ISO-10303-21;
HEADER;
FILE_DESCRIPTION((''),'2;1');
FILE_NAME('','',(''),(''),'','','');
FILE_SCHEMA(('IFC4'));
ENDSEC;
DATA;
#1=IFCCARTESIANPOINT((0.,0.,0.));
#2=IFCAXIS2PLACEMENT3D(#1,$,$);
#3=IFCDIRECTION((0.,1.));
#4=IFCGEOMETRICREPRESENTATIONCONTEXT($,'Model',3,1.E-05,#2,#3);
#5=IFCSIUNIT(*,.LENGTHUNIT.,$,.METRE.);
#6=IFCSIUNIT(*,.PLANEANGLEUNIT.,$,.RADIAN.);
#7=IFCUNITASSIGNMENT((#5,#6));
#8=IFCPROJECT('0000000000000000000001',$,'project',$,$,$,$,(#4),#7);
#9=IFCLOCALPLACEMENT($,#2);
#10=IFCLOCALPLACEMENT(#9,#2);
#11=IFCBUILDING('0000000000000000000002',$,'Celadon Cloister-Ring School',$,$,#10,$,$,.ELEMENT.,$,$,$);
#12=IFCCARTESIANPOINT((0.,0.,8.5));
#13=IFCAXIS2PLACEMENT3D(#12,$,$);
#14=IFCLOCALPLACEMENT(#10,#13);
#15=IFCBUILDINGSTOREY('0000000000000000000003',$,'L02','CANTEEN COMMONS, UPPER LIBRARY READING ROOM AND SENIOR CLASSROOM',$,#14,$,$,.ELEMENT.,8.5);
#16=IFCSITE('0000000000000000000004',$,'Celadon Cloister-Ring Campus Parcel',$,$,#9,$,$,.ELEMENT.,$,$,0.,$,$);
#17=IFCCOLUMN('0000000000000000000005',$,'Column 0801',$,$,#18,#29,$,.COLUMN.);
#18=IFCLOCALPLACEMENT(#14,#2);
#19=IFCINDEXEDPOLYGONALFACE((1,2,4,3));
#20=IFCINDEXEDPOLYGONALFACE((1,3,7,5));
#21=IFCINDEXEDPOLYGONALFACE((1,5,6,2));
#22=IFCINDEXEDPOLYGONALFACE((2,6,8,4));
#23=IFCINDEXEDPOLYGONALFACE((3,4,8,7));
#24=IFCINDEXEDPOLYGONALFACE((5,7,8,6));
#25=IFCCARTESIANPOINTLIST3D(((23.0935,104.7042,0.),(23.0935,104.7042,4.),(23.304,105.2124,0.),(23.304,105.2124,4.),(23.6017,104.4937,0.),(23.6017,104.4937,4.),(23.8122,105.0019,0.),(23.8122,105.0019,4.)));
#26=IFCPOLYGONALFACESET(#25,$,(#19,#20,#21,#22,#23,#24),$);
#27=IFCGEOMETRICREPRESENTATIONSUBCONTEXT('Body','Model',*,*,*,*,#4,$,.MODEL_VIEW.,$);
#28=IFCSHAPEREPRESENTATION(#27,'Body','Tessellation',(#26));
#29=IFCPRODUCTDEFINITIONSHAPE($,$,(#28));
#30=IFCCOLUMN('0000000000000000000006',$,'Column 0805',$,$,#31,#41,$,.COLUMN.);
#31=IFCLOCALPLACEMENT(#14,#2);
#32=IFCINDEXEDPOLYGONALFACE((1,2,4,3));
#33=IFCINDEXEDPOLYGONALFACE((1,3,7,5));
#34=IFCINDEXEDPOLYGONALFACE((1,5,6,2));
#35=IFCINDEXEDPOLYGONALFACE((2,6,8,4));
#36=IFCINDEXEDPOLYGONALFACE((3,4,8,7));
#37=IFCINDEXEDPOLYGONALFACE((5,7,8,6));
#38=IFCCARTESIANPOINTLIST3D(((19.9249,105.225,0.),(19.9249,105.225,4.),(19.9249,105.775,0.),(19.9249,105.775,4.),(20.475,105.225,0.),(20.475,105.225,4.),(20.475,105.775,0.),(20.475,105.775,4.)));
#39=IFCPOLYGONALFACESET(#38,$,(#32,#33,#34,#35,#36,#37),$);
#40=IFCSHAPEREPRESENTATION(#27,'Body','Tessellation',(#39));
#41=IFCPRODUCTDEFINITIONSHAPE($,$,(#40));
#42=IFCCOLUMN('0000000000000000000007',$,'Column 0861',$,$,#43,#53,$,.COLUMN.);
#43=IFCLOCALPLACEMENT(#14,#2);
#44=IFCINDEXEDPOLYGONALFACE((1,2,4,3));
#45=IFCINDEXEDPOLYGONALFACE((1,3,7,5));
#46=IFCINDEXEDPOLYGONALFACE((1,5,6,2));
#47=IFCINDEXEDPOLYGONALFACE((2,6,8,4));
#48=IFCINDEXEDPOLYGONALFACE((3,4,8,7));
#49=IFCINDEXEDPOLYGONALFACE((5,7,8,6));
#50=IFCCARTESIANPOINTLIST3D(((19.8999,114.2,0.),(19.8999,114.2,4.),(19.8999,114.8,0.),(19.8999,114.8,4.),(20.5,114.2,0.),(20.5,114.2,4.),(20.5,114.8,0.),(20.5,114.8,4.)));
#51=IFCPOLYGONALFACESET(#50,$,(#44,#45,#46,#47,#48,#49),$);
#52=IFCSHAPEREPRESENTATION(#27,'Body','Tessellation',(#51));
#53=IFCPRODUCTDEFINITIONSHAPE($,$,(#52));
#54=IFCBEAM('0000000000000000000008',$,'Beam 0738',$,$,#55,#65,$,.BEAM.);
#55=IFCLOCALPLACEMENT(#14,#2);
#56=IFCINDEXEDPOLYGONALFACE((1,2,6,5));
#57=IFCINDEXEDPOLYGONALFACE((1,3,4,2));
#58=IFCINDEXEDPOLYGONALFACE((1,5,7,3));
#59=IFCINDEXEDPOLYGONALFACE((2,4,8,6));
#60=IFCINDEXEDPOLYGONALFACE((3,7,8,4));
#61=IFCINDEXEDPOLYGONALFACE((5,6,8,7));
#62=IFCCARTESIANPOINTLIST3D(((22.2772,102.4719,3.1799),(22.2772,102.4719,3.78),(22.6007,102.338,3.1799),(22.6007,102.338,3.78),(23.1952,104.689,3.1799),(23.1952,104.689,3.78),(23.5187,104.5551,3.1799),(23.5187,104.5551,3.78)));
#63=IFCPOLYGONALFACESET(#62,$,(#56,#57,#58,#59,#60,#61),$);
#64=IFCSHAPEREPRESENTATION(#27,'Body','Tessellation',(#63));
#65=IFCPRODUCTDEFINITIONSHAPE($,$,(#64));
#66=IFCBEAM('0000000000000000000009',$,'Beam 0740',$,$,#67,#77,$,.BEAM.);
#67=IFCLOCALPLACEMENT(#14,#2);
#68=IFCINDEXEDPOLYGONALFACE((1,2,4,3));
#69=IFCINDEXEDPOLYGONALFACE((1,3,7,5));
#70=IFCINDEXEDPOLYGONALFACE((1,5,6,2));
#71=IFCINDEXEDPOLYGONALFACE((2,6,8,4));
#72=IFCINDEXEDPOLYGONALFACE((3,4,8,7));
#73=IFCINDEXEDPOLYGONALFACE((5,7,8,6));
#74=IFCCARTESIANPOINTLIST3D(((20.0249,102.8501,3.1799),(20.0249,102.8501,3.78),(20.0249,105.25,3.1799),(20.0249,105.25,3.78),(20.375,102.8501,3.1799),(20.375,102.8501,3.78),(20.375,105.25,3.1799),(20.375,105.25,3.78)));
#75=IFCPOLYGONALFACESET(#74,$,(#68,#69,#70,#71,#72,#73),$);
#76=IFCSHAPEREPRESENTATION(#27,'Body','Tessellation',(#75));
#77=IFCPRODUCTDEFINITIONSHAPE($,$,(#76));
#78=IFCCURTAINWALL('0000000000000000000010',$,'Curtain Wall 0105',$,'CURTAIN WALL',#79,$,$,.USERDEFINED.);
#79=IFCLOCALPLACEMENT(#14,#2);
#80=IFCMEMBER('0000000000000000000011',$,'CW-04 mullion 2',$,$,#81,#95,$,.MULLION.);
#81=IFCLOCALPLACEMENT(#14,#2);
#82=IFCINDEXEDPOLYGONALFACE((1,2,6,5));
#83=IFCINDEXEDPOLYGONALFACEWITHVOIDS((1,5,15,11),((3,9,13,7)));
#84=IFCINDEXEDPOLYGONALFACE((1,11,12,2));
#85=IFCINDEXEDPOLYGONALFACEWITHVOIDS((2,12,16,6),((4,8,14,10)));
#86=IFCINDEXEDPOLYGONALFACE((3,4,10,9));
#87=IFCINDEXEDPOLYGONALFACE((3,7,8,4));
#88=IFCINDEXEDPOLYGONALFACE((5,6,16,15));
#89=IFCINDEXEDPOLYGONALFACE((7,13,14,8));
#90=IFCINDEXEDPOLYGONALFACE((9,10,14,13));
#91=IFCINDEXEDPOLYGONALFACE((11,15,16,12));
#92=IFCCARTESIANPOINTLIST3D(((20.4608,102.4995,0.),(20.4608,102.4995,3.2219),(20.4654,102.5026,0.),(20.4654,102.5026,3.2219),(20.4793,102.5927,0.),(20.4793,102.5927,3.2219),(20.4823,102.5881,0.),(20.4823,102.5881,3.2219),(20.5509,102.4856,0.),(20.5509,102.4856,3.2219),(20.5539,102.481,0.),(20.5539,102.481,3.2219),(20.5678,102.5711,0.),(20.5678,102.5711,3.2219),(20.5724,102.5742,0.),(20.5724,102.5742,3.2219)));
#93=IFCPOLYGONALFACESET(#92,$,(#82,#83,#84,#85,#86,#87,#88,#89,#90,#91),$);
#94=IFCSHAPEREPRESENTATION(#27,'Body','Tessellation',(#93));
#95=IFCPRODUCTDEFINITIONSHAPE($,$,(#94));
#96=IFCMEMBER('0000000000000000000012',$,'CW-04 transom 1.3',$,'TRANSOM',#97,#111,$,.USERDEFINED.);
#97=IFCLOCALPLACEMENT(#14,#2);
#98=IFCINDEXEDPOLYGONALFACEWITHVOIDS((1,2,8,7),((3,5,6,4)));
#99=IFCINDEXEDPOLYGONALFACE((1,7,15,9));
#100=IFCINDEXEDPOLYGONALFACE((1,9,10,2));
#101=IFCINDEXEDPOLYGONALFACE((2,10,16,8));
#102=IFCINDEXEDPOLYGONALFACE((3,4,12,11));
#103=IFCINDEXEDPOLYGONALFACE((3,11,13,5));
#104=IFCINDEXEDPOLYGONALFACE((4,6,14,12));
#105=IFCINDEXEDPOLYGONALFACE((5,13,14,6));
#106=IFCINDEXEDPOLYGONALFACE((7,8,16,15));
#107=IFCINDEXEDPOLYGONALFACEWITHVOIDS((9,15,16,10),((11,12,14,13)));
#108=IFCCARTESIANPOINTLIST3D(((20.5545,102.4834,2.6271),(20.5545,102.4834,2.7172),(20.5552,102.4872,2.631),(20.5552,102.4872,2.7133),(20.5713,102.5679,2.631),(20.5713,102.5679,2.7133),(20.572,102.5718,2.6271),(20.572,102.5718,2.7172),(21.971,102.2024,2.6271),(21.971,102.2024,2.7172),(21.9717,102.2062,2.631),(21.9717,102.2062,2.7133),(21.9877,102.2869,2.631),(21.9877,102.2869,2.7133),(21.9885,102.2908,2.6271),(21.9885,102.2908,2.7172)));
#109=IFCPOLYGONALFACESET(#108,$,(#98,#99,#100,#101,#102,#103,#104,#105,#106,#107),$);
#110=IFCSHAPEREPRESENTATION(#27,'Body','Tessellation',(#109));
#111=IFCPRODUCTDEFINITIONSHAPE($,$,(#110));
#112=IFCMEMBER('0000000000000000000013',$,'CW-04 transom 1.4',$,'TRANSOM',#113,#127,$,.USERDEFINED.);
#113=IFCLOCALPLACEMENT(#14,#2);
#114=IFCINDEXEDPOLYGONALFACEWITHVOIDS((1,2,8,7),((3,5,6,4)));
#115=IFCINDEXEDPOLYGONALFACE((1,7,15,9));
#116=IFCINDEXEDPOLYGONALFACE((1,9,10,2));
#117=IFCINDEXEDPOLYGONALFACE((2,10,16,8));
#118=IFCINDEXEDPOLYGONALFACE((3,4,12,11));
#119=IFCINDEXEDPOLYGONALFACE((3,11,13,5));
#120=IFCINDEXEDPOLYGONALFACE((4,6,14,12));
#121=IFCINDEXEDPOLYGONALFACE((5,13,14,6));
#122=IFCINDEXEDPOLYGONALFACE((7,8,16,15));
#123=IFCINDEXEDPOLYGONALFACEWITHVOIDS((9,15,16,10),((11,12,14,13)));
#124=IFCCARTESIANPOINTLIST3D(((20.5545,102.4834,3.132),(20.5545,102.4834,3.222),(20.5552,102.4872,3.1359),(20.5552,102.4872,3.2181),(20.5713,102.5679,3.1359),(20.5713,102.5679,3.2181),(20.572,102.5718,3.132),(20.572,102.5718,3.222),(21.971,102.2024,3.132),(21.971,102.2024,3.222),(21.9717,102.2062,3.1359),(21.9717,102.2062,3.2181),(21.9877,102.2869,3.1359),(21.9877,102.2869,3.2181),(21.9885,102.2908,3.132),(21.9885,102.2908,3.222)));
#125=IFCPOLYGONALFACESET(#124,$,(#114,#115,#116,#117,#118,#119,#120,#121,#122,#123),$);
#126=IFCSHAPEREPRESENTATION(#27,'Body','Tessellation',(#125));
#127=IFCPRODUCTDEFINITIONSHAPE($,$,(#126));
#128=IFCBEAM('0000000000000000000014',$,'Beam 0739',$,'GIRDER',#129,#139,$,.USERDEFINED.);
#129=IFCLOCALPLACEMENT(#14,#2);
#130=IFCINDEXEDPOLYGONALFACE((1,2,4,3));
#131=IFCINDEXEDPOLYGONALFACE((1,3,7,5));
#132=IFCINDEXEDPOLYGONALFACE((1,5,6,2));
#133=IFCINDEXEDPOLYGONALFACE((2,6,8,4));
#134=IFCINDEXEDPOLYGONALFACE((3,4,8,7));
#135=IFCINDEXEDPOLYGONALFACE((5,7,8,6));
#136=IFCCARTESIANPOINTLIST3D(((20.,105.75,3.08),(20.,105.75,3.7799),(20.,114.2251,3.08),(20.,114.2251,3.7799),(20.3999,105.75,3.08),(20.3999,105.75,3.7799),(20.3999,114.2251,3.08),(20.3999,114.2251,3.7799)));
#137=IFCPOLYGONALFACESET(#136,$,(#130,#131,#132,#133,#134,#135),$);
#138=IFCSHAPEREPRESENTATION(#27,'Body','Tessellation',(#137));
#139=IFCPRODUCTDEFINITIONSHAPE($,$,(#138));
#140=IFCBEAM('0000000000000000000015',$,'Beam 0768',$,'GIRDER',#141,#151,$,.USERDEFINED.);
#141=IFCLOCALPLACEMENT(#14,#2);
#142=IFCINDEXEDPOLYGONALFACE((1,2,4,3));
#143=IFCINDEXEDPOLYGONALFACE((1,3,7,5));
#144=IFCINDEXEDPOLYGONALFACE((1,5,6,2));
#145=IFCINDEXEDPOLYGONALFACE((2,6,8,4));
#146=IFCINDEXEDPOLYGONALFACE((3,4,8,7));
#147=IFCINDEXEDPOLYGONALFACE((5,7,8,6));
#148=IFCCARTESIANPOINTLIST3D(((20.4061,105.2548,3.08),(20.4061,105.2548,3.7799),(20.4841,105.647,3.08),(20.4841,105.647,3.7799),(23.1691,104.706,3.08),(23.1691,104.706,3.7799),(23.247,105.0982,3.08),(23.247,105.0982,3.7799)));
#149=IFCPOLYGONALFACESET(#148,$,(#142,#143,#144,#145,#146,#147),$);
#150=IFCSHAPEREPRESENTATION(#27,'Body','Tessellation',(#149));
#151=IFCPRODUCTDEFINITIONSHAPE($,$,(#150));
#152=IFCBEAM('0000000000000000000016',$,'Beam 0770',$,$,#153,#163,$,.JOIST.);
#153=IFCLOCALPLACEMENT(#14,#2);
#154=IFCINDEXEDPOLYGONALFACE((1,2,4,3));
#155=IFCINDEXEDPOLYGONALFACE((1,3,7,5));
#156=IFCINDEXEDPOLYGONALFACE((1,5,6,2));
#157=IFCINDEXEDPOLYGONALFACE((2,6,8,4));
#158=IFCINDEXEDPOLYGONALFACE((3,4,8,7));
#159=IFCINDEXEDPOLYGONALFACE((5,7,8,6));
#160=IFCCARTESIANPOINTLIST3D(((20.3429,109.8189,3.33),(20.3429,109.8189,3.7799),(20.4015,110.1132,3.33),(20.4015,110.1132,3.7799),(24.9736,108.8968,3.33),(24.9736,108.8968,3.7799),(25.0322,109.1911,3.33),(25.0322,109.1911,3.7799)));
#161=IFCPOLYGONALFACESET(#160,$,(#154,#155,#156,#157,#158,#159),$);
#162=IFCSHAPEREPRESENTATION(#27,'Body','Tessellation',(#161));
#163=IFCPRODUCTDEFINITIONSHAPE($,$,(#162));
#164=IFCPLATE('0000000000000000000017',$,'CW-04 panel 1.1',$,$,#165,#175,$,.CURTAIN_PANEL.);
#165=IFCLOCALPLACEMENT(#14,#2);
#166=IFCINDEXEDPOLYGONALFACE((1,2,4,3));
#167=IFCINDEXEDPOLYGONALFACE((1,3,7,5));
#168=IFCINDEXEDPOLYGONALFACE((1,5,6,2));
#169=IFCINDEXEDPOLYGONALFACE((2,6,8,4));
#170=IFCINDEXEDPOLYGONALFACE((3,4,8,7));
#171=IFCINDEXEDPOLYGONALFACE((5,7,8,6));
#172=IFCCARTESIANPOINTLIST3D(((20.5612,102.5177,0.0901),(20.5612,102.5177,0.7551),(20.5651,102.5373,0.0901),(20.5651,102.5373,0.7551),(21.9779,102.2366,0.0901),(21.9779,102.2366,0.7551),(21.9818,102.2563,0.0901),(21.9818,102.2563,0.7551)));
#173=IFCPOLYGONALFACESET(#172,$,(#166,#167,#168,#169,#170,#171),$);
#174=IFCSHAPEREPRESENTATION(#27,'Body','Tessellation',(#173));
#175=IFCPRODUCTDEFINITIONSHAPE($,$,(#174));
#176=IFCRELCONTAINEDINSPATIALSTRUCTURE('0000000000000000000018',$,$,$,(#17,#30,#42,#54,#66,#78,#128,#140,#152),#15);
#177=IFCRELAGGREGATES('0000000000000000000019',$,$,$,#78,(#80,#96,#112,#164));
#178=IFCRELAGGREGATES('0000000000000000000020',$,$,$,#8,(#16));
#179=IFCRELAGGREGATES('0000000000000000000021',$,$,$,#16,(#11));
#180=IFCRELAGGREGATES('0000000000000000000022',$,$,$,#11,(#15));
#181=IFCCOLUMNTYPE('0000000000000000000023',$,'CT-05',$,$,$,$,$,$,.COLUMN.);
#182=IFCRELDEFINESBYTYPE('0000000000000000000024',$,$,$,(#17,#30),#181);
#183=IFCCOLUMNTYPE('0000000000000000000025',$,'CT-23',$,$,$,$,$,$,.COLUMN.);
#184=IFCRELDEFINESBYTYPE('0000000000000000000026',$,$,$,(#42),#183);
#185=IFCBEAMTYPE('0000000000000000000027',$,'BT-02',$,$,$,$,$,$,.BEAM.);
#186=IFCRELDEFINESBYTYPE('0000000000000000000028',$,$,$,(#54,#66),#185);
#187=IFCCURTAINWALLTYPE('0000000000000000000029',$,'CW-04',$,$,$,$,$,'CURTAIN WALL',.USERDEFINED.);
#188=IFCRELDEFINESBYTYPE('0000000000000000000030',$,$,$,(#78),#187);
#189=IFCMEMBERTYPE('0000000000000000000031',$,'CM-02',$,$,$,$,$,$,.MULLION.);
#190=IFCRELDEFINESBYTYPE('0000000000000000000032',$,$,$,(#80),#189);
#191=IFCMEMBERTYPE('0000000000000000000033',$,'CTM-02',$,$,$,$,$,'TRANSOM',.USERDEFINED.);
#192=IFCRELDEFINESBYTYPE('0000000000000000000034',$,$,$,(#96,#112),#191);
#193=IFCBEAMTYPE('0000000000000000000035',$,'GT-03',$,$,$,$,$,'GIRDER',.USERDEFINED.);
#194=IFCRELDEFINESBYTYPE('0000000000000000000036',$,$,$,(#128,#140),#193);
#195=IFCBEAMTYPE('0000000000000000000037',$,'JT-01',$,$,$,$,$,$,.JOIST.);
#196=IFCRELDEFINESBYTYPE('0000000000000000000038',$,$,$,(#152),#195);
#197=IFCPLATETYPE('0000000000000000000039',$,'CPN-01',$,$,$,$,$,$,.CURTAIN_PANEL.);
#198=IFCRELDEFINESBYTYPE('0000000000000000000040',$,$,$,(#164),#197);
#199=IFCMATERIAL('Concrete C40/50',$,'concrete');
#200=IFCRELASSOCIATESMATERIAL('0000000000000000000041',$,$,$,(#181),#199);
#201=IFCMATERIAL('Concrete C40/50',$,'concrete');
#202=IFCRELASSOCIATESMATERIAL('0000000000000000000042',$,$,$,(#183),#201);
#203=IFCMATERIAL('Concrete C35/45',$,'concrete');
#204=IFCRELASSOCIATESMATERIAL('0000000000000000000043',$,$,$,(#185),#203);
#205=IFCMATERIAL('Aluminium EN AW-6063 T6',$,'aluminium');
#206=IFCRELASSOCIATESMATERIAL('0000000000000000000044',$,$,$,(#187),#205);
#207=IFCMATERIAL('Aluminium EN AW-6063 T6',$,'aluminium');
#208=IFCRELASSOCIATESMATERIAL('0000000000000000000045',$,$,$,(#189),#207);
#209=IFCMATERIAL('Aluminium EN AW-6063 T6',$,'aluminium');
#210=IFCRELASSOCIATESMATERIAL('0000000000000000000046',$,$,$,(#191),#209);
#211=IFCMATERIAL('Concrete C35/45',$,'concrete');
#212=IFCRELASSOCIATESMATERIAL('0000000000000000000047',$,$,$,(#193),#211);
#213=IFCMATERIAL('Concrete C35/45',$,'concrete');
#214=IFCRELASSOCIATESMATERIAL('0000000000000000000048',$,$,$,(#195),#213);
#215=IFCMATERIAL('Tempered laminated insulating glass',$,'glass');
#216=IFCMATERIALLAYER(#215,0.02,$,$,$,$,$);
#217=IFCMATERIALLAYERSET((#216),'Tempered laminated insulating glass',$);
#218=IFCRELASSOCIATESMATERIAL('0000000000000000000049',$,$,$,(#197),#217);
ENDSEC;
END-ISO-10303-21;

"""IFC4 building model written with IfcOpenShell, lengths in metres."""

from ifc_helpers import new_model, si_unit, direction, frame, origin, origin_2d, place, context, subcontext, project, spatial, rectangle, hollow_rectangle, extrude, material, layer, layer_set, material_profile, profile_set, type_object, element, aggregate, save


model = new_model("IFC4")

# Units and contexts
model_context = context("Model", 3, precision=1e-05, world=origin(), true_north=direction((0.0, 1.0)))
body_context = subcontext(model_context, "Body", "Model", "MODEL_VIEW")
ifc_project = project(units=[si_unit("LENGTHUNIT", "METRE"), si_unit("PLANEANGLEUNIT", "RADIAN")], contexts=[model_context])

# Site, building, storey
site_placement = place(None, origin())
site = spatial("IfcSite", under=ifc_project, at=site_placement, Name="Celadon Cloister-Ring Campus Parcel", CompositionType="ELEMENT", RefElevation=0.0)
building_placement = place(site_placement, origin())
building = spatial("IfcBuilding", under=site, at=building_placement, Name="Celadon Cloister-Ring School", CompositionType="ELEMENT")
storey_placement = place(building_placement, frame((0.0, 0.0, 8.5)))
storey = spatial("IfcBuildingStorey", under=building, at=storey_placement, Name="L02", Description="CANTEEN COMMONS, UPPER LIBRARY READING ROOM AND SENIOR CLASSROOM", CompositionType="ELEMENT", Elevation=8.5)

# Columns
ifc_material_1 = material(Name="Concrete C40/50", Category="concrete")
ifc_material_profile_1 = material_profile(ifc_material_1, rectangle(XDim=0.55, YDim=0.55, at=origin_2d()), Name="RC550X550")
ifc_profile_set_1 = profile_set([ifc_material_profile_1], Name="Concrete C40/50")
column_type_1 = type_object("IfcColumnType", Name="CT-05", PredefinedType="COLUMN", material=ifc_profile_set_1)
for number, where, z_axis, x_axis, name in (
    (1, (23.4529, 104.853, 0.0), (0.0, 0.0, 1.0), (0.382683, 0.92388, 0.0), "Column 0801"),
    (2, (20.2, 105.5, 0.0), (0.0, 0.0, 1.0), (0.0, 1.0, 0.0), "Column 0805"),
):
    element("IfcColumn", number, at=place(storey_placement, frame(where, z_axis=z_axis, x_axis=x_axis)), inside=storey, type_object=column_type_1, Name=name, PredefinedType="COLUMN", context=body_context, shape_type="SweptSolid", body=[
        extrude(rectangle(XDim=0.55, YDim=0.55, at=origin_2d()), origin(), (0.0, 0.0, 1.0), 4.0),
    ])
ifc_material_2 = material(Name="Concrete C40/50", Category="concrete")
ifc_material_profile_2 = material_profile(ifc_material_2, rectangle(XDim=0.6001, YDim=0.6001, at=origin_2d()), Name="RC600X600")
ifc_profile_set_2 = profile_set([ifc_material_profile_2], Name="Concrete C40/50")
column_type_2 = type_object("IfcColumnType", Name="CT-23", PredefinedType="COLUMN", material=ifc_profile_set_2)
column_placement = place(storey_placement, frame((20.2, 114.5, 0.0), z_axis=(0.0, 0.0, 1.0), x_axis=(0.0, 1.0, 0.0)))
element("IfcColumn", 3, at=column_placement, inside=storey, type_object=column_type_2, Name="Column 0861", PredefinedType="COLUMN", context=body_context, shape_type="SweptSolid", body=[
    extrude(rectangle(XDim=0.6001, YDim=0.6001, at=origin_2d()), origin(), (0.0, 0.0, 1.0), 4.0),
])

# Beams
ifc_material_3 = material(Name="Concrete C35/45", Category="concrete")
ifc_material_profile_3 = material_profile(ifc_material_3, rectangle(XDim=0.3501, YDim=0.6001, at=origin_2d()), Name="RC350X600")
ifc_profile_set_3 = profile_set([ifc_material_profile_3], Name="Concrete C35/45")
beam_type_1 = type_object("IfcBeamType", Name="BT-02", PredefinedType="BEAM", material=ifc_profile_set_3)
beam_1_placement = place(storey_placement, frame((23.3569, 104.6221, 3.48), z_axis=(-0.382555, -0.923933, 0.0), x_axis=(0.923933, -0.382555, 0.0)))
element("IfcBeam", 4, at=beam_1_placement, inside=storey, type_object=beam_type_1, Name="Beam 0738", PredefinedType="BEAM", context=body_context, shape_type="SweptSolid", body=[
    extrude(rectangle(XDim=0.3501, YDim=0.6001, at=origin_2d()), origin(), (0.0, 0.0, 1.0), 2.3997),
])
beam_2_placement = place(storey_placement, frame((20.2, 105.25, 3.48), z_axis=(0.0, -1.0, 0.0), x_axis=(1.0, 0.0, 0.0)))
element("IfcBeam", 5, at=beam_2_placement, inside=storey, type_object=beam_type_1, Name="Beam 0740", PredefinedType="BEAM", context=body_context, shape_type="SweptSolid", body=[
    extrude(rectangle(XDim=0.3501, YDim=0.6001, at=origin_2d()), origin(), (0.0, 0.0, 1.0), 2.3999),
])

# Curtain wall, members
ifc_material_4 = material(Name="Aluminium EN AW-6063 T6", Category="aluminium")
curtain_wall_type = type_object("IfcCurtainWallType", Name="CW-04", ElementType="CURTAIN WALL", PredefinedType="USERDEFINED", material=ifc_material_4)
curtain_wall_placement = place(storey_placement, origin())
curtain_wall = element("IfcCurtainWall", 6, at=curtain_wall_placement, inside=storey, type_object=curtain_wall_type, Name="Curtain Wall 0105", ObjectType="CURTAIN WALL", PredefinedType="USERDEFINED")
ifc_material_5 = material(Name="Aluminium EN AW-6063 T6", Category="aluminium")
ifc_material_profile_4 = material_profile(ifc_material_5, hollow_rectangle(XDim=0.095, YDim=0.095, WallThickness=0.0039, at=origin_2d()), Name="RHS95X95X4")
ifc_profile_set_4 = profile_set([ifc_material_profile_4], Name="Aluminium EN AW-6063 T6")
member_type_1 = type_object("IfcMemberType", Name="CM-02", PredefinedType="MULLION", material=ifc_profile_set_4)
member_1_placement = place(storey_placement, frame((20.5166, 102.5369, 0.0), z_axis=(0.0, 0.0, 1.0), x_axis=(-0.194586, -0.980885, 0.0)))
member_1 = element("IfcMember", 7, at=member_1_placement, type_object=member_type_1, Name="CW-04 mullion 2", PredefinedType="MULLION", context=body_context, shape_type="SweptSolid", body=[
    extrude(hollow_rectangle(XDim=0.095, YDim=0.095, WallThickness=0.0039, at=origin_2d()), origin(), (0.0, 0.0, 1.0), 3.2219),
])
ifc_material_6 = material(Name="Aluminium EN AW-6063 T6", Category="aluminium")
ifc_material_profile_5 = material_profile(ifc_material_6, hollow_rectangle(XDim=0.0901, YDim=0.0901, WallThickness=0.0039, at=origin_2d()), Name="RHS90X90X4")
ifc_profile_set_5 = profile_set([ifc_material_profile_5], Name="Aluminium EN AW-6063 T6")
member_type_2 = type_object("IfcMemberType", Name="CTM-02", ElementType="TRANSOM", PredefinedType="USERDEFINED", material=ifc_profile_set_5)
member_2_placement = place(storey_placement, frame((21.9797, 102.2466, 2.6721), z_axis=(-0.980885, 0.194588, 0.0), x_axis=(-0.194588, -0.980885, 0.0)))
member_2 = element("IfcMember", 8, at=member_2_placement, type_object=member_type_2, Name="CW-04 transom 1.3", ObjectType="TRANSOM", PredefinedType="USERDEFINED", context=body_context, shape_type="SweptSolid", body=[
    extrude(hollow_rectangle(XDim=0.0901, YDim=0.0901, WallThickness=0.0039, at=origin_2d()), origin(), (0.0, 0.0, 1.0), 1.4441),
])
member_3_placement = place(storey_placement, frame((21.9797, 102.2466, 3.177), z_axis=(-0.980885, 0.194588, 0.0), x_axis=(-0.194588, -0.980885, 0.0)))
member_3 = element("IfcMember", 9, at=member_3_placement, type_object=member_type_2, Name="CW-04 transom 1.4", ObjectType="TRANSOM", PredefinedType="USERDEFINED", context=body_context, shape_type="SweptSolid", body=[
    extrude(hollow_rectangle(XDim=0.0901, YDim=0.0901, WallThickness=0.0039, at=origin_2d()), origin(), (0.0, 0.0, 1.0), 1.4441),
])

# Beams
ifc_material_7 = material(Name="Concrete C35/45", Category="concrete")
ifc_material_profile_6 = material_profile(ifc_material_7, rectangle(XDim=0.3999, YDim=0.7, at=origin_2d()), Name="RC400X700")
ifc_profile_set_6 = profile_set([ifc_material_profile_6], Name="Concrete C35/45")
beam_type_2 = type_object("IfcBeamType", Name="GT-03", ElementType="GIRDER", PredefinedType="USERDEFINED", material=ifc_profile_set_6)
beam_3_placement = place(storey_placement, frame((20.2, 114.2251, 3.4299), z_axis=(0.0, -1.0, 0.0), x_axis=(1.0, 0.0, 0.0)))
element("IfcBeam", 10, at=beam_3_placement, inside=storey, type_object=beam_type_2, Name="Beam 0739", ObjectType="GIRDER", PredefinedType="USERDEFINED", context=body_context, shape_type="SweptSolid", body=[
    extrude(rectangle(XDim=0.3999, YDim=0.7, at=origin_2d()), origin(), (0.0, 0.0, 1.0), 8.4751),
])
beam_4_placement = place(storey_placement, frame((23.208, 104.9021, 3.4299), z_axis=(-0.980837, 0.194833, 0.0), x_axis=(-0.194833, -0.980837, 0.0)))
element("IfcBeam", 11, at=beam_4_placement, inside=storey, type_object=beam_type_2, Name="Beam 0768", ObjectType="GIRDER", PredefinedType="USERDEFINED", context=body_context, shape_type="SweptSolid", body=[
    extrude(rectangle(XDim=0.3999, YDim=0.7, at=origin_2d()), origin(), (0.0, 0.0, 1.0), 2.8169),
])
ifc_material_8 = material(Name="Concrete C35/45", Category="concrete")
ifc_material_profile_7 = material_profile(ifc_material_8, rectangle(XDim=0.3, YDim=0.45, at=origin_2d()), Name="RC300X450")
ifc_profile_set_7 = profile_set([ifc_material_profile_7], Name="Concrete C35/45")
beam_type_3 = type_object("IfcBeamType", Name="JT-01", PredefinedType="JOIST", material=ifc_profile_set_7)
beam_5_placement = place(storey_placement, frame((25.0029, 109.0439, 3.5549), z_axis=(-0.980745, 0.195291, 0.0), x_axis=(-0.195291, -0.980745, 0.0)))
element("IfcBeam", 12, at=beam_5_placement, inside=storey, type_object=beam_type_3, Name="Beam 0770", PredefinedType="JOIST", context=body_context, shape_type="SweptSolid", body=[
    extrude(rectangle(XDim=0.3, YDim=0.45, at=origin_2d()), origin(), (0.0, 0.0, 1.0), 4.7217),
])

# Plate
ifc_material_9 = material(Name="Tempered laminated insulating glass", Category="glass")
ifc_layer_1 = layer(ifc_material_9, 0.02)
ifc_layer_set_1 = layer_set([ifc_layer_1], Name="Tempered laminated insulating glass")
plate_type = type_object("IfcPlateType", Name="CPN-01", PredefinedType="CURTAIN_PANEL", material=ifc_layer_set_1)
plate_1_placement = place(storey_placement, frame((21.2715, 102.387, 0.0901), z_axis=(0.0, 0.0, 1.0), x_axis=(-0.980885, 0.194586, 0.0)))
plate_1 = element("IfcPlate", 13, at=plate_1_placement, type_object=plate_type, Name="CW-04 panel 1.1", PredefinedType="CURTAIN_PANEL", context=body_context, shape_type="SweptSolid", body=[
    extrude(rectangle(XDim=1.4443, YDim=0.02, at=origin_2d()), origin(), (0.0, 0.0, 1.0), 0.665),
])
aggregate(curtain_wall, [member_1, member_2, member_3, plate_1])

save(model, "model.ifc")
